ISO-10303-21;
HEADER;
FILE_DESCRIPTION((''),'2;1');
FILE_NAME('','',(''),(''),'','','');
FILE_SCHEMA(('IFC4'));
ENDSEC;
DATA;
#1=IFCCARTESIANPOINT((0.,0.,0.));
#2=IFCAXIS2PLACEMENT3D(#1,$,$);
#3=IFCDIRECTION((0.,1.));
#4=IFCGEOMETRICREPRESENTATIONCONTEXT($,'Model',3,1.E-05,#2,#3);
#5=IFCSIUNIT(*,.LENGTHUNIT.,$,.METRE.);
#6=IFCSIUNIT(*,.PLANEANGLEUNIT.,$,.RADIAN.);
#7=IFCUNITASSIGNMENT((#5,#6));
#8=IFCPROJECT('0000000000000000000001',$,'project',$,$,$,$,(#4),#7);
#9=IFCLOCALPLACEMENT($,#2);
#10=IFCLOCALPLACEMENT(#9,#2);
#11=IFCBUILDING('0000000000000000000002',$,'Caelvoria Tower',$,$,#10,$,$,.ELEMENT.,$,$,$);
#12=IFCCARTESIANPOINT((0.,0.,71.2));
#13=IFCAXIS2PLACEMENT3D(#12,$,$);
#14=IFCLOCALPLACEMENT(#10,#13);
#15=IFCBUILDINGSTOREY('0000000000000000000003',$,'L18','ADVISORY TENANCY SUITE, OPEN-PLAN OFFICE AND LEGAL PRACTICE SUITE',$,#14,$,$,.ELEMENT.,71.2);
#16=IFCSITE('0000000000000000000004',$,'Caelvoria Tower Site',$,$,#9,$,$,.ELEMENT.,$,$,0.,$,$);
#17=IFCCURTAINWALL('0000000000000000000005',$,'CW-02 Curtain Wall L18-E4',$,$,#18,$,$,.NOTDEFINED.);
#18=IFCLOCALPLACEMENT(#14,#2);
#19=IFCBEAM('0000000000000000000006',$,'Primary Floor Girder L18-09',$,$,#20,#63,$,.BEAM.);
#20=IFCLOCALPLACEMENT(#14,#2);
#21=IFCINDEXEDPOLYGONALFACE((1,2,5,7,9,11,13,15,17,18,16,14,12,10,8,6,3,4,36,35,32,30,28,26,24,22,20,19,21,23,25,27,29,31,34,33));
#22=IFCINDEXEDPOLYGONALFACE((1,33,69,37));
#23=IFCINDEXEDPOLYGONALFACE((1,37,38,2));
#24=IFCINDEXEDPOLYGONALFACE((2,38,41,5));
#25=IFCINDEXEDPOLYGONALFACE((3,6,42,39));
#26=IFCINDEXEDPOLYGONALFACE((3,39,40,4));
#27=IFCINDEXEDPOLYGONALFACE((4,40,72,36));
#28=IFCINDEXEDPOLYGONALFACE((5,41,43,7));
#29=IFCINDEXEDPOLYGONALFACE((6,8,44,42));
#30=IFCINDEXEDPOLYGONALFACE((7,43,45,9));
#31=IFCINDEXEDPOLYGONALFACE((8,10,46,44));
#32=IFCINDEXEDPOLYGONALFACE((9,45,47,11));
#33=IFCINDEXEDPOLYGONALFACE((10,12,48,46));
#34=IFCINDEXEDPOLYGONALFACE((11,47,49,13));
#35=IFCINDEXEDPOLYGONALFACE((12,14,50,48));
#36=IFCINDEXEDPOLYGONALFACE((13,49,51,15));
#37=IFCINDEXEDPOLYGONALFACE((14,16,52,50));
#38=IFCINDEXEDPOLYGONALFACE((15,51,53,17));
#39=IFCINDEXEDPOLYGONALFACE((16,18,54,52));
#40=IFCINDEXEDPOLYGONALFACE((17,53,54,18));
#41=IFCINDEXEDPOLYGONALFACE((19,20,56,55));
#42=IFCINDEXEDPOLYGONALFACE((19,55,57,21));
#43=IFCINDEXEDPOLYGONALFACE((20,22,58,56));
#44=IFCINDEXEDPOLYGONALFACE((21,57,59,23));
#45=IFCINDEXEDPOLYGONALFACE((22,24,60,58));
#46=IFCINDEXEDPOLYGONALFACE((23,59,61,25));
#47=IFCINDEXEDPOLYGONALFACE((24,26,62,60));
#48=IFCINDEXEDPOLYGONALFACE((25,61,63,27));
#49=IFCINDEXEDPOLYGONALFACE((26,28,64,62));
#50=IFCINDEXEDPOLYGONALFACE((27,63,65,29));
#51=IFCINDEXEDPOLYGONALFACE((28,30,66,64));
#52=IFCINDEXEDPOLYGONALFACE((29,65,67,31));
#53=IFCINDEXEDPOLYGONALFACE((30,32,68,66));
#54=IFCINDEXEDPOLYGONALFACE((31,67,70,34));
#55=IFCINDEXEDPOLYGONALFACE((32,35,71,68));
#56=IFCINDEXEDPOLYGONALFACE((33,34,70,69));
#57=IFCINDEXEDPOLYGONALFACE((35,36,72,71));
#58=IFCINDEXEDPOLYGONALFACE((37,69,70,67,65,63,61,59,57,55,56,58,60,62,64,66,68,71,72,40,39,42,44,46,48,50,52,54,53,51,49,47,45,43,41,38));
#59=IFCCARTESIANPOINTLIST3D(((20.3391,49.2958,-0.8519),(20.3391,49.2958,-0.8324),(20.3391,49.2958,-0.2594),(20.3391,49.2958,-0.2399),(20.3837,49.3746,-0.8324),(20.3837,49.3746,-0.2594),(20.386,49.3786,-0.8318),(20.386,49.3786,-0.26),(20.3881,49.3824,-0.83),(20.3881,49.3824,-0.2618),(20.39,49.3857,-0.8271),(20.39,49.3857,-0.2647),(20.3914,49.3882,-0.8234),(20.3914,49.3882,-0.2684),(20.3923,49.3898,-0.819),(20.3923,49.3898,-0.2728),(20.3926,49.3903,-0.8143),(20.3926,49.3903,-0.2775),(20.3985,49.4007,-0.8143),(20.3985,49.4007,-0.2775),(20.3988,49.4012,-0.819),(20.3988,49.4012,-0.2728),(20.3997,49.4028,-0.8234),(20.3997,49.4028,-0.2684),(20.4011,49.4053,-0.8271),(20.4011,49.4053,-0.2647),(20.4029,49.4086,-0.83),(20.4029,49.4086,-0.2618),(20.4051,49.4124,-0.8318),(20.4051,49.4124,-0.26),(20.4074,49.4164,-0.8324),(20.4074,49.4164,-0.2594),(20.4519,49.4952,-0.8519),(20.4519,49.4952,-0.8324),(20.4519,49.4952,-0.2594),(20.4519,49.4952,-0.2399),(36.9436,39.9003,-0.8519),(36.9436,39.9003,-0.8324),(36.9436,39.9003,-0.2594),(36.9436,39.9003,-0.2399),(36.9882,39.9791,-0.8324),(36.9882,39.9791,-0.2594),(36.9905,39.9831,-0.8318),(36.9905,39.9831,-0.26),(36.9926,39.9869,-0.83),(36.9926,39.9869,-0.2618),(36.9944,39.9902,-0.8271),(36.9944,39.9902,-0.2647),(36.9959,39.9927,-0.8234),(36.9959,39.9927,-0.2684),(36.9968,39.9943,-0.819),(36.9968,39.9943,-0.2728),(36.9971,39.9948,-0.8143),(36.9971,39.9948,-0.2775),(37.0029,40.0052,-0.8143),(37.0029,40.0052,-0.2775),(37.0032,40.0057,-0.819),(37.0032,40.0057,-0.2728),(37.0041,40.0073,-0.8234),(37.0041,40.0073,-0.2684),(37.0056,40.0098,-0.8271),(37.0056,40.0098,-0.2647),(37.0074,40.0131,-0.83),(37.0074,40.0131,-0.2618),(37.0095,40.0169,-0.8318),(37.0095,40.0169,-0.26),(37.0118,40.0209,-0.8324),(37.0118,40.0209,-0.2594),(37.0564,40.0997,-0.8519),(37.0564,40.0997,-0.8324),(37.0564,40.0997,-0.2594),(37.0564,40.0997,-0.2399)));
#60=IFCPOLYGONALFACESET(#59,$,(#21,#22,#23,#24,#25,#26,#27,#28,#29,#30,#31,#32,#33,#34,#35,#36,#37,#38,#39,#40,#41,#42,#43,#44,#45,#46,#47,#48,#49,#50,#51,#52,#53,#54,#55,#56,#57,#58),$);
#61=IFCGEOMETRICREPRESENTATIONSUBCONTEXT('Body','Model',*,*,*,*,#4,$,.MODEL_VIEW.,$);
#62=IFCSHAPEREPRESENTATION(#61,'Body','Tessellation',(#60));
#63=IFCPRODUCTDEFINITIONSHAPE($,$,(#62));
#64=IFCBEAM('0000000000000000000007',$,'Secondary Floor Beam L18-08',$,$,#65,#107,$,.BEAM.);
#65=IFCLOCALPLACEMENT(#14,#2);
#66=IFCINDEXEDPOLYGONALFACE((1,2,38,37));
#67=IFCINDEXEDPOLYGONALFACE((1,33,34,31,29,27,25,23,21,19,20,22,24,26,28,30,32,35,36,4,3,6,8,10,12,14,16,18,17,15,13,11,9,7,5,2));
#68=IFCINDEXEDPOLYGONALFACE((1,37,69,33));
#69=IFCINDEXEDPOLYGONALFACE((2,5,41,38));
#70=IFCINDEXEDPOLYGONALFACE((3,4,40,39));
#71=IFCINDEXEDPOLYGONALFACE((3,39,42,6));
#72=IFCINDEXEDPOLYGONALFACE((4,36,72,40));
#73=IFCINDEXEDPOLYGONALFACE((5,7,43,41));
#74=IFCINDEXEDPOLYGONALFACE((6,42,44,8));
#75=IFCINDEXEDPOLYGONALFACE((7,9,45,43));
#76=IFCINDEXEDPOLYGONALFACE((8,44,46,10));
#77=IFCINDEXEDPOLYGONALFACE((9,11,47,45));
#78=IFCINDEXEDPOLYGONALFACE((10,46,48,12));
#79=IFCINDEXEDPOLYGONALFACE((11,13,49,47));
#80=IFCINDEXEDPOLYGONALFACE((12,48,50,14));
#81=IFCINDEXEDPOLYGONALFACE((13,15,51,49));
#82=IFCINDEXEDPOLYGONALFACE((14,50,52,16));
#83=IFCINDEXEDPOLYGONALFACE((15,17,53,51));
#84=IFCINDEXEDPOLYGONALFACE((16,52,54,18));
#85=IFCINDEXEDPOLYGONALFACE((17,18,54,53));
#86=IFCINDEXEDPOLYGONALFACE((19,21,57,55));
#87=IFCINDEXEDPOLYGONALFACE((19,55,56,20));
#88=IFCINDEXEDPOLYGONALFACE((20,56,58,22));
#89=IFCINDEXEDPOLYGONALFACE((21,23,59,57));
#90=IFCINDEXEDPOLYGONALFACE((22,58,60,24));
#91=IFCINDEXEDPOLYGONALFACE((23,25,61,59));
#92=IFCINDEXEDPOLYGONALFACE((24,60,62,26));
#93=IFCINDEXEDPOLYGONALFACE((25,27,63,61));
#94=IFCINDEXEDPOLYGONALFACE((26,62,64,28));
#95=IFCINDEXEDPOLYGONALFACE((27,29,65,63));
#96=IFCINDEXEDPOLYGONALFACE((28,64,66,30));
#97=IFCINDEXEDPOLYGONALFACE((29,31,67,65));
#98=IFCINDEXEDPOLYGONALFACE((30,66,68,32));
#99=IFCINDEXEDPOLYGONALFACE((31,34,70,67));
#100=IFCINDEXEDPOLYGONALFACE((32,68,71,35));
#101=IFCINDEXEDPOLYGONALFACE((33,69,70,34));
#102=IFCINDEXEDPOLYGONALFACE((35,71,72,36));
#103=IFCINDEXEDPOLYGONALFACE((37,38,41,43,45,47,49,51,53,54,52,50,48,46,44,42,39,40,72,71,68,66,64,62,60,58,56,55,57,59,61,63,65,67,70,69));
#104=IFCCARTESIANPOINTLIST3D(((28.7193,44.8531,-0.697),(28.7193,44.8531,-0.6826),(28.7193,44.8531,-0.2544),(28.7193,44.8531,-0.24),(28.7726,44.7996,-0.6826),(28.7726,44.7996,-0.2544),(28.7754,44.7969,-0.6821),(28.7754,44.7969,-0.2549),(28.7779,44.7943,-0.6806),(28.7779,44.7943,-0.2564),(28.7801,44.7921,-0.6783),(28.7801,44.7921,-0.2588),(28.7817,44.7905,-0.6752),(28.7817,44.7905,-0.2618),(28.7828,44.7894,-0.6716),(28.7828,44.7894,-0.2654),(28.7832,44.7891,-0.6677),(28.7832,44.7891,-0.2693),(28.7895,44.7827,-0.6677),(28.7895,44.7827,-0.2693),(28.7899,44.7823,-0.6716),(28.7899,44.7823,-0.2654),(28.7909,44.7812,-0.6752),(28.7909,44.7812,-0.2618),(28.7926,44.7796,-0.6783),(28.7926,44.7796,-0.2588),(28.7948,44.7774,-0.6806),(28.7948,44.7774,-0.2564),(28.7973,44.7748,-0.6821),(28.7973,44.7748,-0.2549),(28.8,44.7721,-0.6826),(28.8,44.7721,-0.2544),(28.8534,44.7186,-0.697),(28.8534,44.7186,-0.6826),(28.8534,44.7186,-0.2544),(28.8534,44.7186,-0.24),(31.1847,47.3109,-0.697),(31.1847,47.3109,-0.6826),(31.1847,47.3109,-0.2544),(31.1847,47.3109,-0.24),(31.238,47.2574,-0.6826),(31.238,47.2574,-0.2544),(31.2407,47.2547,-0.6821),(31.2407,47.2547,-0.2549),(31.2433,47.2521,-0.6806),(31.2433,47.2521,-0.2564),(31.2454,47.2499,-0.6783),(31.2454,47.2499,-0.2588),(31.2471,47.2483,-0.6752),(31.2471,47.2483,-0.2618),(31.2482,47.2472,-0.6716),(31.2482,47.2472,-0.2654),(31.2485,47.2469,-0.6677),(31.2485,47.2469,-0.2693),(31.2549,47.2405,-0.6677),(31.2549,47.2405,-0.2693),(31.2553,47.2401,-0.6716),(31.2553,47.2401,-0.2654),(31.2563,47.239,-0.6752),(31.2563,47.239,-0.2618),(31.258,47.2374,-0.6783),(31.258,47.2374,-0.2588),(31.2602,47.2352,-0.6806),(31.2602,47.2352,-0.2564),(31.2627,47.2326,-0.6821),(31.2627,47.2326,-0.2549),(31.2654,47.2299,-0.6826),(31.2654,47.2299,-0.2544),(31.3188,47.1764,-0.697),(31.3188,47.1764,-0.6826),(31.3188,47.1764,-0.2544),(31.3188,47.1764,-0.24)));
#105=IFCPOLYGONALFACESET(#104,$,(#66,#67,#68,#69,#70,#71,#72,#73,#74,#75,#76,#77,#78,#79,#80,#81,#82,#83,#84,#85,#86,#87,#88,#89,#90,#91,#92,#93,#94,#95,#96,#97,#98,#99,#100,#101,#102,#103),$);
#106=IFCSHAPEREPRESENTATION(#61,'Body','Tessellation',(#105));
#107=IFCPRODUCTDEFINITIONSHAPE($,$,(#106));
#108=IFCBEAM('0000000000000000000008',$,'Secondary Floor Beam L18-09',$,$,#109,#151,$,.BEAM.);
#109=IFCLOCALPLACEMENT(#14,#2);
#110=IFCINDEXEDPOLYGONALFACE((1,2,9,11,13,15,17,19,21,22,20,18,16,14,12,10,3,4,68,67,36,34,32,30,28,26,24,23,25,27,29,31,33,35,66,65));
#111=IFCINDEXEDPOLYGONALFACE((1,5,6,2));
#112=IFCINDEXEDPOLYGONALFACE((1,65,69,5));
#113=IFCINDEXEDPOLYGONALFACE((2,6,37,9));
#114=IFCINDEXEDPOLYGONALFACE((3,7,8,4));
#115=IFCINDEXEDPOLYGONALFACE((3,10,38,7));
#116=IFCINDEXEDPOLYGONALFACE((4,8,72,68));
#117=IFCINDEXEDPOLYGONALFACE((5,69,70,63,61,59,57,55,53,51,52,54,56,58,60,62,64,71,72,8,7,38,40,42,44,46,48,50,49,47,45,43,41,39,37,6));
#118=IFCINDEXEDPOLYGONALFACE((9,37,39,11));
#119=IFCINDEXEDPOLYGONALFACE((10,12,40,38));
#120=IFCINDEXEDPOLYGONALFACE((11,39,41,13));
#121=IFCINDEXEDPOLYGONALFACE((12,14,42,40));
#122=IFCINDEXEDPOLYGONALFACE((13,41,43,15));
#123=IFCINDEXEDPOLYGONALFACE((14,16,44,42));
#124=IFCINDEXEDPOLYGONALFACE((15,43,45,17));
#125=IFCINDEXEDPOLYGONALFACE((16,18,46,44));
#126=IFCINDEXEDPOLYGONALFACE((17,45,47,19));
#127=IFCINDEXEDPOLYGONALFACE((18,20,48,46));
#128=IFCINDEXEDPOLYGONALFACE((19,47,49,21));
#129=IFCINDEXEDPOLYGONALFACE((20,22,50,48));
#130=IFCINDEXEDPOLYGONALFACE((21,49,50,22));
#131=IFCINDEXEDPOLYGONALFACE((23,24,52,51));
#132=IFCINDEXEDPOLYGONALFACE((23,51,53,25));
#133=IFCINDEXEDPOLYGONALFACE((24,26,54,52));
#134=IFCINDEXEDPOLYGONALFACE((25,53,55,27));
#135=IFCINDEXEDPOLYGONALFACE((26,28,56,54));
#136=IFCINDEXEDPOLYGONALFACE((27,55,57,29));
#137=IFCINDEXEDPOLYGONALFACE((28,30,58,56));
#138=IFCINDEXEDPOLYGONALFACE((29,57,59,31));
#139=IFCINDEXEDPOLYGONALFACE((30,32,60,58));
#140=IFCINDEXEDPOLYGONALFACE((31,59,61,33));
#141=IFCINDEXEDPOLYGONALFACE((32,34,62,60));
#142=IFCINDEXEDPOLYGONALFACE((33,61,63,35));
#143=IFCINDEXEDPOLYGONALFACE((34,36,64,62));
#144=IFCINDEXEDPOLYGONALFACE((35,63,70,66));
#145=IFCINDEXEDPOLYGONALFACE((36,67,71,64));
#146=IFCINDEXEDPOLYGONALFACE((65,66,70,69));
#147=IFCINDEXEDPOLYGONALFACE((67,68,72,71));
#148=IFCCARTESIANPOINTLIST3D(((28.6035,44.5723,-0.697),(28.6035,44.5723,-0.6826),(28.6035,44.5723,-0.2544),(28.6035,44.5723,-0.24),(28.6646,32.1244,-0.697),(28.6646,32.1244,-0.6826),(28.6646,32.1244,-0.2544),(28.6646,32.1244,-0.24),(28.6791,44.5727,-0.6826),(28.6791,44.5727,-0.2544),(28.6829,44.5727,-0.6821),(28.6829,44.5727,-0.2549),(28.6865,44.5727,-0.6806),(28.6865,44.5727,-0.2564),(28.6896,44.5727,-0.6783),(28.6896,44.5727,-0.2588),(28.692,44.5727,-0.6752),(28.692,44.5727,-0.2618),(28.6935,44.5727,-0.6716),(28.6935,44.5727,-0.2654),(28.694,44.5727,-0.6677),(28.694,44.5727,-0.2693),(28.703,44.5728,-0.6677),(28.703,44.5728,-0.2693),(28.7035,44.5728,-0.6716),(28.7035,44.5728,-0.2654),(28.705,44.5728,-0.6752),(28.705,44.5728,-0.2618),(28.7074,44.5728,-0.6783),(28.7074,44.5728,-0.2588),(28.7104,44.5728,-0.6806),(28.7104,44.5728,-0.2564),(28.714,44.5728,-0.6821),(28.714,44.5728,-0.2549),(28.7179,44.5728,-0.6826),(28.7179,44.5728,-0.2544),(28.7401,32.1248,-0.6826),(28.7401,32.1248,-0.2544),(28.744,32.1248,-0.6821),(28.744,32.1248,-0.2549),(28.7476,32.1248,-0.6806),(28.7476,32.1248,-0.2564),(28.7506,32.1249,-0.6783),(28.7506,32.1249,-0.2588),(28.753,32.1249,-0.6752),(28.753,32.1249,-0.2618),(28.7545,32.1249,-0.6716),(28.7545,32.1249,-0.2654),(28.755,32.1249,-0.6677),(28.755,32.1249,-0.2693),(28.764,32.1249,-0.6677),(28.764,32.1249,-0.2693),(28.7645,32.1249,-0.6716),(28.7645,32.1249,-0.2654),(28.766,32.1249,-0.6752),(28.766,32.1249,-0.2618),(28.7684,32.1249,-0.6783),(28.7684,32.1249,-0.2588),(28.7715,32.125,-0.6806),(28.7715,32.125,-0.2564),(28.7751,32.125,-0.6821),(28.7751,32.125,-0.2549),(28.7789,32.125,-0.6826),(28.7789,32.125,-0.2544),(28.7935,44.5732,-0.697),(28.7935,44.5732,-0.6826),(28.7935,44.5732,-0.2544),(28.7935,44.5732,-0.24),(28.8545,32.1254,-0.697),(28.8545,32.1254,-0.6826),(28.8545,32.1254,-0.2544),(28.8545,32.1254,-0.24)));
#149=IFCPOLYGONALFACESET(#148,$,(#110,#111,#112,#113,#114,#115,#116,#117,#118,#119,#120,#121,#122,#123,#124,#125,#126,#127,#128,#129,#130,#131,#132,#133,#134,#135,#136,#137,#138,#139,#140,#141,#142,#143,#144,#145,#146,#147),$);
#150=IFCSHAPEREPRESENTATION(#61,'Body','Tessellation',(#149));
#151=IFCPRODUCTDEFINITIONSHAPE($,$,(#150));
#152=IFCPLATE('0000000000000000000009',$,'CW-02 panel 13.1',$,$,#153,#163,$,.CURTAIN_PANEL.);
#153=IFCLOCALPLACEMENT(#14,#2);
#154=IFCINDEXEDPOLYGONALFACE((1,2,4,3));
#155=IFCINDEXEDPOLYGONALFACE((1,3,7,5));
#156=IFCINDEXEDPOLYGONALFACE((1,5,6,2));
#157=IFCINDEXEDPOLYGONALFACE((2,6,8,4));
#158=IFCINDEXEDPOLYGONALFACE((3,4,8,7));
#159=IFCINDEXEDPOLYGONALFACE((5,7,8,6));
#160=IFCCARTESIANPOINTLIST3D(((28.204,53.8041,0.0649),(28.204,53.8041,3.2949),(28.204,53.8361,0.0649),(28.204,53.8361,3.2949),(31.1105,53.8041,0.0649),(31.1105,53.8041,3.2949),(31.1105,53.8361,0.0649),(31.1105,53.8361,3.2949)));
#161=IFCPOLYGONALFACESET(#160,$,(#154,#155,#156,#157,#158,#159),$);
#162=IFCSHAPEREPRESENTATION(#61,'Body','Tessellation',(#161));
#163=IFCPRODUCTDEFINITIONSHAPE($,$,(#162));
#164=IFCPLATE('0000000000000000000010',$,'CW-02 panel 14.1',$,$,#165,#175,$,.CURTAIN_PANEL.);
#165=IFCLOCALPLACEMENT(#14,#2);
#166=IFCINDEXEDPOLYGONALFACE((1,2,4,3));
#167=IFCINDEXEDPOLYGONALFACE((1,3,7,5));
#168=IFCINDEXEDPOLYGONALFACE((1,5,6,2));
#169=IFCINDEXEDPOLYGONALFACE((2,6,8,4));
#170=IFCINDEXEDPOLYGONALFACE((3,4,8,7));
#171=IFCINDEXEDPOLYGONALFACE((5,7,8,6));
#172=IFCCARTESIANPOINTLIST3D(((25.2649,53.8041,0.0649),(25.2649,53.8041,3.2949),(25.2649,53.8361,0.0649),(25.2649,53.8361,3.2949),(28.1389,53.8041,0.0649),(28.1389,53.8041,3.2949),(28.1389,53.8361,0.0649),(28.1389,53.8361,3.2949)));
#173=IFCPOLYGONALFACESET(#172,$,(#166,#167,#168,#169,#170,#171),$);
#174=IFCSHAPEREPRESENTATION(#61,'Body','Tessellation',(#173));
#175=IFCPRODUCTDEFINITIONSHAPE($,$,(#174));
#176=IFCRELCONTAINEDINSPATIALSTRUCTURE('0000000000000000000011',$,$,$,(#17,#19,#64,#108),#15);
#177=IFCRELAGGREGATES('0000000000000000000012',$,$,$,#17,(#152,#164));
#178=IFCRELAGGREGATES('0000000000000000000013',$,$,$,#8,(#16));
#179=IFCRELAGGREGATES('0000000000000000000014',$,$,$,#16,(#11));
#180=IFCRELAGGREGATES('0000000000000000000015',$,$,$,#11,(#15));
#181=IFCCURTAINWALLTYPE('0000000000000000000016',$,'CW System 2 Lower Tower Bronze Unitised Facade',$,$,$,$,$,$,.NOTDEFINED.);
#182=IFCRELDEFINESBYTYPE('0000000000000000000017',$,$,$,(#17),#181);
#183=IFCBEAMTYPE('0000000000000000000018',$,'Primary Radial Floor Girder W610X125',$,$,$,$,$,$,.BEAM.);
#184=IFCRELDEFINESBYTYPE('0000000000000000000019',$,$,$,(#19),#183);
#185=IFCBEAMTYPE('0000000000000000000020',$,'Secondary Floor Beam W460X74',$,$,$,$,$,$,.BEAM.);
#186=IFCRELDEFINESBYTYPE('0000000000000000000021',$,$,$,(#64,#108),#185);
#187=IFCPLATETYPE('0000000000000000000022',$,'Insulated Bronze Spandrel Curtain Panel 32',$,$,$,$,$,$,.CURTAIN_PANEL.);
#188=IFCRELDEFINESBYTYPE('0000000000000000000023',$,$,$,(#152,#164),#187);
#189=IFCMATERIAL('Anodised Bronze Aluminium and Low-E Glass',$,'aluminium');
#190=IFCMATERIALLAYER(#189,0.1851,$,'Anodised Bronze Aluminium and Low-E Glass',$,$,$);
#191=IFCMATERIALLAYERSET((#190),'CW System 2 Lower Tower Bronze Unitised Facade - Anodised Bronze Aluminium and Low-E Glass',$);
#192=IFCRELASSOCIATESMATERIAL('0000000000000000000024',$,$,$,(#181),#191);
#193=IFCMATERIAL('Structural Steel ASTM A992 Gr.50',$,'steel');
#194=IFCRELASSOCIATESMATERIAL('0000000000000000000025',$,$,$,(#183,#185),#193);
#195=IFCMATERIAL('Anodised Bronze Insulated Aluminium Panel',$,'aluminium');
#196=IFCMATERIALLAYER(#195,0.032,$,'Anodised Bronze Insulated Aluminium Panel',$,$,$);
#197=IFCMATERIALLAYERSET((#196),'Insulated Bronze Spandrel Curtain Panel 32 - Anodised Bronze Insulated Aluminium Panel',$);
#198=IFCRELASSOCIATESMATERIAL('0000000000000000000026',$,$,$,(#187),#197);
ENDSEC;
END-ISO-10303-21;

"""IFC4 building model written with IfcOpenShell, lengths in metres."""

from ifc_helpers import new_model, si_unit, direction, frame, origin, origin_2d, place, context, subcontext, project, spatial, rectangle, i_section, extrude, material, layer, layer_set, material_profile, profile_set, type_object, element, aggregate, save


model = new_model("IFC4")

# Units and contexts
model_context = context("Model", 3, precision=1e-05, world=origin(), true_north=direction((0.0, 1.0)))
body_context = subcontext(model_context, "Body", "Model", "MODEL_VIEW")
ifc_project = project(units=[si_unit("LENGTHUNIT", "METRE"), si_unit("PLANEANGLEUNIT", "RADIAN")], contexts=[model_context])

# Site, building, storey
site_placement = place(None, origin())
site = spatial("IfcSite", under=ifc_project, at=site_placement, Name="Caelvoria Tower Site", CompositionType="ELEMENT", RefElevation=0.0)
building_placement = place(site_placement, origin())
building = spatial("IfcBuilding", under=site, at=building_placement, Name="Caelvoria Tower", CompositionType="ELEMENT")
storey_placement = place(building_placement, frame((0.0, 0.0, 71.2)))
storey = spatial("IfcBuildingStorey", under=building, at=storey_placement, Name="L18", Description="ADVISORY TENANCY SUITE, OPEN-PLAN OFFICE AND LEGAL PRACTICE SUITE", CompositionType="ELEMENT", Elevation=71.2)

# Curtain wall
ifc_material_1 = material(Name="Anodised Bronze Aluminium and Low-E Glass", Category="aluminium")
ifc_layer_1 = layer(ifc_material_1, 0.1851, Name="Anodised Bronze Aluminium and Low-E Glass")
ifc_layer_set_1 = layer_set([ifc_layer_1], Name="CW System 2 Lower Tower Bronze Unitised Facade - Anodised Bronze Aluminium and Low-E Glass")
curtain_wall_type = type_object("IfcCurtainWallType", Name="CW System 2 Lower Tower Bronze Unitised Facade", PredefinedType="NOTDEFINED", material=ifc_layer_set_1)
curtain_wall_placement = place(storey_placement, origin())
curtain_wall = element("IfcCurtainWall", 1, at=curtain_wall_placement, inside=storey, type_object=curtain_wall_type, Name="CW-02 Curtain Wall L18-E4", PredefinedType="NOTDEFINED")

# Beams
ifc_material_2 = material(Name="Structural Steel ASTM A992 Gr.50", Category="steel")
ifc_material_profile_1 = material_profile(ifc_material_2, i_section(OverallWidth=0.229, OverallDepth=0.6121, WebThickness=0.012, FlangeThickness=0.0195, FilletRadius=0.0181, at=origin_2d()), Name="Structural Steel ASTM A992 Gr.50")
ifc_profile_set_1 = profile_set([ifc_material_profile_1], Name="W610X125 - Structural Steel ASTM A992 Gr.50")
beam_type_1 = type_object("IfcBeamType", Name="Primary Radial Floor Girder W610X125", PredefinedType="BEAM", material=ifc_profile_set_1)
beam_1_placement = place(storey_placement, frame((37.0, 40.0, -0.5459), z_axis=(-0.87033, 0.492469, 0.0), x_axis=(-0.492469, -0.87033, 0.0)))
element("IfcBeam", 2, at=beam_1_placement, inside=storey, type_object=beam_type_1, Name="Primary Floor Girder L18-09", PredefinedType="BEAM", context=body_context, shape_type="SweptSolid", body=[
    extrude(i_section(OverallWidth=0.229, OverallDepth=0.6121, WebThickness=0.012, FlangeThickness=0.0195, FilletRadius=0.0181, at=origin_2d()), origin(), (0.0, 0.0, 1.0), 19.0784),
])
ifc_material_profile_2 = material_profile(ifc_material_2, i_section(OverallWidth=0.1899, OverallDepth=0.457, WebThickness=0.009, FlangeThickness=0.0144, FilletRadius=0.0149, at=origin_2d()), Name="Structural Steel ASTM A992 Gr.50")
ifc_profile_set_2 = profile_set([ifc_material_profile_2], Name="W460X74 - Structural Steel ASTM A992 Gr.50")
beam_type_2 = type_object("IfcBeamType", Name="Secondary Floor Beam W460X74", PredefinedType="BEAM", material=ifc_profile_set_2)
beam_2_placement = place(storey_placement, frame((31.2517, 47.2437, -0.4685), z_axis=(-0.708193, -0.706019, 0.0), x_axis=(0.706019, -0.708193, 0.0)))
element("IfcBeam", 3, at=beam_2_placement, inside=storey, type_object=beam_type_2, Name="Secondary Floor Beam L18-08", PredefinedType="BEAM", context=body_context, shape_type="SweptSolid", body=[
    extrude(i_section(OverallWidth=0.1899, OverallDepth=0.457, WebThickness=0.009, FlangeThickness=0.0144, FilletRadius=0.0149, at=origin_2d()), origin(), (0.0, 0.0, 1.0), 3.4812),
])
beam_3_placement = place(storey_placement, frame((28.6985, 44.5728, -0.4685), z_axis=(0.004903, -0.999988, 0.0), x_axis=(0.999988, 0.004903, 0.0)))
element("IfcBeam", 4, at=beam_3_placement, inside=storey, type_object=beam_type_2, Name="Secondary Floor Beam L18-09", PredefinedType="BEAM", context=body_context, shape_type="SweptSolid", body=[
    extrude(i_section(OverallWidth=0.1899, OverallDepth=0.457, WebThickness=0.009, FlangeThickness=0.0144, FilletRadius=0.0149, at=origin_2d()), origin(), (0.0, 0.0, 1.0), 12.448),
])

# Plates
ifc_material_3 = material(Name="Anodised Bronze Insulated Aluminium Panel", Category="aluminium")
ifc_layer_2 = layer(ifc_material_3, 0.032, Name="Anodised Bronze Insulated Aluminium Panel")
ifc_layer_set_2 = layer_set([ifc_layer_2], Name="Insulated Bronze Spandrel Curtain Panel 32 - Anodised Bronze Insulated Aluminium Panel")
plate_type = type_object("IfcPlateType", Name="Insulated Bronze Spandrel Curtain Panel 32", PredefinedType="CURTAIN_PANEL", material=ifc_layer_set_2)
plate_1_placement = place(storey_placement, frame((29.6572, 53.8201, 0.0649), z_axis=(0.0, 0.0, 1.0), x_axis=(-1.0, 0.0, 0.0)))
plate_1 = element("IfcPlate", 5, at=plate_1_placement, type_object=plate_type, Name="CW-02 panel 13.1", PredefinedType="CURTAIN_PANEL", context=body_context, shape_type="SweptSolid", body=[
    extrude(rectangle(XDim=2.9065, YDim=0.032, at=origin_2d()), origin(), (0.0, 0.0, 1.0), 3.23),
])
plate_2_placement = place(storey_placement, frame((26.7019, 53.8201, 0.0649), z_axis=(0.0, 0.0, 1.0), x_axis=(-1.0, 0.0, 0.0)))
plate_2 = element("IfcPlate", 6, at=plate_2_placement, type_object=plate_type, Name="CW-02 panel 14.1", PredefinedType="CURTAIN_PANEL", context=body_context, shape_type="SweptSolid", body=[
    extrude(rectangle(XDim=2.874, YDim=0.032, at=origin_2d()), origin(), (0.0, 0.0, 1.0), 3.23),
])
aggregate(curtain_wall, [plate_1, plate_2])

save(model, "model.ifc")
